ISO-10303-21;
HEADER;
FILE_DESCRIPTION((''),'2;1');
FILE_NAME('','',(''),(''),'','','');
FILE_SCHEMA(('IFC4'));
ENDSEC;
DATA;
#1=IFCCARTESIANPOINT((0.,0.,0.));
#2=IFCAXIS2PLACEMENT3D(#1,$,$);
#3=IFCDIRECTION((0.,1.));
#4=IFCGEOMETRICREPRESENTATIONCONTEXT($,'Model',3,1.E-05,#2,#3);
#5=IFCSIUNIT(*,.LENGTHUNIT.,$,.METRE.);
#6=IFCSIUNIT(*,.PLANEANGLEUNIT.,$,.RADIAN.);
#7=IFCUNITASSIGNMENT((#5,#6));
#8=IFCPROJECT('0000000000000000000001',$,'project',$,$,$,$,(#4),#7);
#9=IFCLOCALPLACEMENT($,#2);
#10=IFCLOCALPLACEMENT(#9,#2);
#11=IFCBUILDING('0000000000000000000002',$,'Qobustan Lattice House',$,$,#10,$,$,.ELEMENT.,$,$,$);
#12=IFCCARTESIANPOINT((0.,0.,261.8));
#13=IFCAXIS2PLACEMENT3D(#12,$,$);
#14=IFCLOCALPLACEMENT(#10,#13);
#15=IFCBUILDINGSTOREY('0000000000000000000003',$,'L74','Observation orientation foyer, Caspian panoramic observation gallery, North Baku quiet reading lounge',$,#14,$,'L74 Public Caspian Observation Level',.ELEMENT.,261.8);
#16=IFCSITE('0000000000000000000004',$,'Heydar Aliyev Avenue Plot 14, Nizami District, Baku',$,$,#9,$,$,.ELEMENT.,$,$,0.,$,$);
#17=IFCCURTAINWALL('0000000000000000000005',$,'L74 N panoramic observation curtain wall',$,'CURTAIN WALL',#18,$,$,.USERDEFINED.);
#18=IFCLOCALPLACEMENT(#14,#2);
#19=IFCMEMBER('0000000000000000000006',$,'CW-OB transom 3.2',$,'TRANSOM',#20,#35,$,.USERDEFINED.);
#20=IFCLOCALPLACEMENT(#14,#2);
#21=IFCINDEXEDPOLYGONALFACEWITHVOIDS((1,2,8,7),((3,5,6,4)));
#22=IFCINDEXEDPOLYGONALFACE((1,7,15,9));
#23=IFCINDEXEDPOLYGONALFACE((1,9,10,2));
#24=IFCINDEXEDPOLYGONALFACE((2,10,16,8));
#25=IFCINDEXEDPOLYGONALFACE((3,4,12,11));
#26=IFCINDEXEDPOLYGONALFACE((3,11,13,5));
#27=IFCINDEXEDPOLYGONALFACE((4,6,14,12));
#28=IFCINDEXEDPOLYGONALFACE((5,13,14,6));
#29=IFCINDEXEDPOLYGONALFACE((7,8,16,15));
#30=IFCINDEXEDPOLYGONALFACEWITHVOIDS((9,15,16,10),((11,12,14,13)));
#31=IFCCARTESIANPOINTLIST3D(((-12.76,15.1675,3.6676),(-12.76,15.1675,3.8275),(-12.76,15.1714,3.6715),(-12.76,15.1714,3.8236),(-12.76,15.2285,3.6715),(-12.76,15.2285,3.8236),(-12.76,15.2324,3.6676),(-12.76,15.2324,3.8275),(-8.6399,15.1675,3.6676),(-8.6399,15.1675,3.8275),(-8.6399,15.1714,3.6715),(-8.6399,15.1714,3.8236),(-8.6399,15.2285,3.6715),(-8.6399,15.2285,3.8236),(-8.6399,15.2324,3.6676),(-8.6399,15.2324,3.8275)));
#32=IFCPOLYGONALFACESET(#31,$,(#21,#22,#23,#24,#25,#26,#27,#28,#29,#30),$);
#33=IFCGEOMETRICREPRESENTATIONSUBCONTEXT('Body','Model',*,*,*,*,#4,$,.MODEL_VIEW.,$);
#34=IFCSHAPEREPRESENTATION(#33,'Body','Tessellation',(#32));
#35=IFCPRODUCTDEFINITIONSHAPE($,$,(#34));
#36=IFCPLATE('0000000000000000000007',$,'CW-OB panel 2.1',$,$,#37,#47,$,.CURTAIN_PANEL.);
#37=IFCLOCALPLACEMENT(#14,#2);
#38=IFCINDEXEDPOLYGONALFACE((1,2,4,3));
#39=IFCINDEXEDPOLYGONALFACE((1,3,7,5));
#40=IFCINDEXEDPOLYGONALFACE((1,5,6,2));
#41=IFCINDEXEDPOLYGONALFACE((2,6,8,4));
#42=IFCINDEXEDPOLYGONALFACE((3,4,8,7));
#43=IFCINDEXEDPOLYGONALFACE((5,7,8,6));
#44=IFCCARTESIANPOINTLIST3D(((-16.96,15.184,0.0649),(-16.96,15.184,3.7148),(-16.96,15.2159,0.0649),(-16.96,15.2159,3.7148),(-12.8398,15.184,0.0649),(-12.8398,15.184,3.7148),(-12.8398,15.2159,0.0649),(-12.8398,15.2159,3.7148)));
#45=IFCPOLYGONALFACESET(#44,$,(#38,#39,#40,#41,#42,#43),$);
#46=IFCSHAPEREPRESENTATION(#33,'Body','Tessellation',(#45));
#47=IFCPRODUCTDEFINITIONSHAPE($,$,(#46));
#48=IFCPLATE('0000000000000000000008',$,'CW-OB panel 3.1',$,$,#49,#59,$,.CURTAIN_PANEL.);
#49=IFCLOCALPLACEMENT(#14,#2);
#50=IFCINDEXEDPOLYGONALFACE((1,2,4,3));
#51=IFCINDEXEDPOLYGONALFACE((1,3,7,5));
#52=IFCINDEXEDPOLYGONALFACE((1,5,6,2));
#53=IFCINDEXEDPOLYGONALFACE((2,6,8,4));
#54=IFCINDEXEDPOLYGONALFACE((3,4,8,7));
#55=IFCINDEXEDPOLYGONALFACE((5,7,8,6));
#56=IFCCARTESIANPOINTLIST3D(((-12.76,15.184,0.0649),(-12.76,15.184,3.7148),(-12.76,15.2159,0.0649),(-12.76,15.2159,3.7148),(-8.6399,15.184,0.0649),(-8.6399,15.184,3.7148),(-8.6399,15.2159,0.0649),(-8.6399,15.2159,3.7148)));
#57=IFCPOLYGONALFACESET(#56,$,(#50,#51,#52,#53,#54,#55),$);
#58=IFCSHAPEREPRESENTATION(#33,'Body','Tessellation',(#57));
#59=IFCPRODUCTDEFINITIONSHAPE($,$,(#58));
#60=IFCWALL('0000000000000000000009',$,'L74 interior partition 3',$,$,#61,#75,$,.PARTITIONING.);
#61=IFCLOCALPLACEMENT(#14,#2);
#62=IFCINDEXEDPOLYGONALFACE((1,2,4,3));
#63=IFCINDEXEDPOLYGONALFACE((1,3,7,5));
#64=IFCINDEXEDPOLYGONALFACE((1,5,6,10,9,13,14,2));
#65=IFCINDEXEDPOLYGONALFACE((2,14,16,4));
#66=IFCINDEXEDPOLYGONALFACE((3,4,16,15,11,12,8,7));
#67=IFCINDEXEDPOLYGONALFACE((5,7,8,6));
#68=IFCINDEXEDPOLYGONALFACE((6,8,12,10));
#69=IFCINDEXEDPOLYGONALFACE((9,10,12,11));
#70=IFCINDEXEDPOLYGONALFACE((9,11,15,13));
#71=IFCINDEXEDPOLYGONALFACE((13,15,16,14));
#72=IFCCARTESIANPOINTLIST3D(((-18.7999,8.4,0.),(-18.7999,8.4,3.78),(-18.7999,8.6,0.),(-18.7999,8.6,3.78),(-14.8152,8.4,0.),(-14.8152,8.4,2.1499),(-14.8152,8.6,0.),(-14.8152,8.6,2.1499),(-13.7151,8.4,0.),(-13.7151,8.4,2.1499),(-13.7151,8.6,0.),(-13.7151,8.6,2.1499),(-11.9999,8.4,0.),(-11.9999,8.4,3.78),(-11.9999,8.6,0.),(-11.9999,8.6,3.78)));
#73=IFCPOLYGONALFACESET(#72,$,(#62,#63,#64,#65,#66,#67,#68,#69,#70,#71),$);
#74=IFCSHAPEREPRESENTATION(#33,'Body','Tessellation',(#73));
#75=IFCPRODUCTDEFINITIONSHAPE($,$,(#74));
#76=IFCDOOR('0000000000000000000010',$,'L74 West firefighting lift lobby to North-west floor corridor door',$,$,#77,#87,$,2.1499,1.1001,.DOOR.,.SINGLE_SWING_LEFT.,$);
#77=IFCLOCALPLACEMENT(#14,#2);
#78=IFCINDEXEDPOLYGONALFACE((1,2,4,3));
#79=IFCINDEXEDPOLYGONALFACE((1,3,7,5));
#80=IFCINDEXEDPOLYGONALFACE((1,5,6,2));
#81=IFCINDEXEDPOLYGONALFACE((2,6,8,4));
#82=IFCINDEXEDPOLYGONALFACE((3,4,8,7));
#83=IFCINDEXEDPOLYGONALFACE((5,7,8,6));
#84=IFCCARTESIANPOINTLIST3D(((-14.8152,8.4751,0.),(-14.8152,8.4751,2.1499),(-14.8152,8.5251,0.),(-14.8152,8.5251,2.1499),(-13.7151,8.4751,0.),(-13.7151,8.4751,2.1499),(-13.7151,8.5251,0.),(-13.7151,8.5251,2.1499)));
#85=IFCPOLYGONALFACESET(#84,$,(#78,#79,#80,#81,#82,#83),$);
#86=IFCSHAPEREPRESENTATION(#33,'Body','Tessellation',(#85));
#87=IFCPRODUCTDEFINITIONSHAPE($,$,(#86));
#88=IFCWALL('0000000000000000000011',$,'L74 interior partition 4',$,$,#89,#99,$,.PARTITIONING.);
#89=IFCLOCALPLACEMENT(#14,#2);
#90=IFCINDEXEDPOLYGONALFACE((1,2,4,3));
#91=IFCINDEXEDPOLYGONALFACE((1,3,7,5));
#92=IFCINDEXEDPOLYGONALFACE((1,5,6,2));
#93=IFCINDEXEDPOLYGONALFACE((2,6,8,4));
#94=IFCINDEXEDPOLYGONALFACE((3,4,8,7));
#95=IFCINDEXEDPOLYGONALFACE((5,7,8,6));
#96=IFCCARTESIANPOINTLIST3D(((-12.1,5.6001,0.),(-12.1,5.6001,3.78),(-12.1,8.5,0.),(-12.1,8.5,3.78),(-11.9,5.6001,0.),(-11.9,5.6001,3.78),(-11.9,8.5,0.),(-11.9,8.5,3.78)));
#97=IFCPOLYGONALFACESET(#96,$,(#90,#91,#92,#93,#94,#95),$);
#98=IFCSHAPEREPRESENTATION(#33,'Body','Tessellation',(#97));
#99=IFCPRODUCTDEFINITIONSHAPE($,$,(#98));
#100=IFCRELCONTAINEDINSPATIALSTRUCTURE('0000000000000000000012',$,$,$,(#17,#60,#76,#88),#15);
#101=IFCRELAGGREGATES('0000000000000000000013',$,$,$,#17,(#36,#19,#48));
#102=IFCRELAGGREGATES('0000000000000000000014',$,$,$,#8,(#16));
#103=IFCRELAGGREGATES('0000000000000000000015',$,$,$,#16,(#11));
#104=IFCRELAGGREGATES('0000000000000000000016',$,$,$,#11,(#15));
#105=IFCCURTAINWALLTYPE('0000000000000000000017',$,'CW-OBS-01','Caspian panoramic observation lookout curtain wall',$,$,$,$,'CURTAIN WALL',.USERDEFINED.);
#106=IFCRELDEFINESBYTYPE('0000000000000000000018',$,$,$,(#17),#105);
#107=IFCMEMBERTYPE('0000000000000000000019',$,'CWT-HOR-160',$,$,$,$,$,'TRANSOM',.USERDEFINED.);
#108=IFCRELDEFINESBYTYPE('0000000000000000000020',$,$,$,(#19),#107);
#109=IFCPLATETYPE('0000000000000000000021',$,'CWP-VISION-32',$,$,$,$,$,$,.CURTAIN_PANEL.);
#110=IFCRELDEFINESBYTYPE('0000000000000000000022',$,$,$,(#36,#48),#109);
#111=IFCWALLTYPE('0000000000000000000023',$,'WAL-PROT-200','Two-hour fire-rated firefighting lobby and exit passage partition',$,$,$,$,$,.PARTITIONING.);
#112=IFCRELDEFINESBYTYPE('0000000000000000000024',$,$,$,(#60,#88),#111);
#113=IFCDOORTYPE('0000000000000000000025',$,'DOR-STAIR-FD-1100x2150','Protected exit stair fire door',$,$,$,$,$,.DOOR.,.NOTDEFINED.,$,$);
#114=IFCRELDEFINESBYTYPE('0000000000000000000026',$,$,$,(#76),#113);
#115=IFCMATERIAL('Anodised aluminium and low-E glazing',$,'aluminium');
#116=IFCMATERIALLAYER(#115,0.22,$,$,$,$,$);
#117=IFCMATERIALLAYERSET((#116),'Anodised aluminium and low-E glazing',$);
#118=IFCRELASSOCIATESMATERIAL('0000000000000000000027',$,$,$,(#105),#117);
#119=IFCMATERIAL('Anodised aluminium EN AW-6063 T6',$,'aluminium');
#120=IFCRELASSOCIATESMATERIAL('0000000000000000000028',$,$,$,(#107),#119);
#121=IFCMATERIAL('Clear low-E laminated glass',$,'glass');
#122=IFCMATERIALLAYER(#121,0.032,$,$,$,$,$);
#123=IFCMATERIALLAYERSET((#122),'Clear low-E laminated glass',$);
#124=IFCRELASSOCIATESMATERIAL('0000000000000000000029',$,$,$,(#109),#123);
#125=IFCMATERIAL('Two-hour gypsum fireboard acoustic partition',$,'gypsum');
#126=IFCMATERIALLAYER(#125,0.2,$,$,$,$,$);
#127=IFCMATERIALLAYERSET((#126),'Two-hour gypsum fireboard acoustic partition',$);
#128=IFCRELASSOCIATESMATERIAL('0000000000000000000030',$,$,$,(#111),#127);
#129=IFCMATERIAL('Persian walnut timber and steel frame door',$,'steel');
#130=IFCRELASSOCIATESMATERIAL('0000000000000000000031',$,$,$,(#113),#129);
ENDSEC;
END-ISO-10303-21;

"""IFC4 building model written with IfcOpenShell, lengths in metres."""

from ifc_helpers import new_model, si_unit, direction, frame, frame_2d, origin, origin_2d, place, context, subcontext, project, spatial, rectangle, hollow_rectangle, extrude, material, layer, layer_set, material_profile, profile_set, type_object, element, fill, aggregate, save


model = new_model("IFC4")

# Units and contexts
model_context = context("Model", 3, precision=1e-05, world=origin(), true_north=direction((0.0, 1.0)))
body_context = subcontext(model_context, "Body", "Model", "MODEL_VIEW")
ifc_project = project(units=[si_unit("LENGTHUNIT", "METRE"), si_unit("PLANEANGLEUNIT", "RADIAN")], contexts=[model_context])

# Site, building, storey
site_placement = place(None, origin())
site = spatial("IfcSite", under=ifc_project, at=site_placement, Name="Heydar Aliyev Avenue Plot 14, Nizami District, Baku", CompositionType="ELEMENT", RefElevation=0.0)
building_placement = place(site_placement, origin())
building = spatial("IfcBuilding", under=site, at=building_placement, Name="Qobustan Lattice House", CompositionType="ELEMENT")
storey_placement = place(building_placement, frame((0.0, 0.0, 261.8)))
storey = spatial("IfcBuildingStorey", under=building, at=storey_placement, Name="L74", Description="Observation orientation foyer, Caspian panoramic observation gallery, North Baku quiet reading lounge", LongName="L74 Public Caspian Observation Level", CompositionType="ELEMENT", Elevation=261.8)

# Curtain wall, member, plates
ifc_material_1 = material(Name="Anodised aluminium and low-E glazing", Category="aluminium")
ifc_layer_1 = layer(ifc_material_1, 0.22)
ifc_layer_set_1 = layer_set([ifc_layer_1], Name="Anodised aluminium and low-E glazing")
curtain_wall_type = type_object("IfcCurtainWallType", Name="CW-OBS-01", Description="Caspian panoramic observation lookout curtain wall", ElementType="CURTAIN WALL", PredefinedType="USERDEFINED", material=ifc_layer_set_1)
curtain_wall_placement = place(storey_placement, origin())
curtain_wall = element("IfcCurtainWall", 1, at=curtain_wall_placement, inside=storey, type_object=curtain_wall_type, Name="L74 N panoramic observation curtain wall", ObjectType="CURTAIN WALL", PredefinedType="USERDEFINED")
ifc_material_2 = material(Name="Anodised aluminium EN AW-6063 T6", Category="aluminium")
ifc_material_profile_1 = material_profile(ifc_material_2, hollow_rectangle(XDim=0.0649, YDim=0.1599, WallThickness=0.0039, at=origin_2d()), Name="CWT-160x65")
ifc_profile_set_1 = profile_set([ifc_material_profile_1], Name="Anodised aluminium EN AW-6063 T6")
member_type_1 = type_object("IfcMemberType", Name="CWT-HOR-160", ElementType="TRANSOM", PredefinedType="USERDEFINED", material=ifc_profile_set_1)
member_1_placement = place(storey_placement, frame((-12.76, 15.2, 3.7476), z_axis=(1.0, 0.0, 0.0), x_axis=(0.0, 1.0, 0.0)))
member_1 = element("IfcMember", 2, at=member_1_placement, type_object=member_type_1, Name="CW-OB transom 3.2", ObjectType="TRANSOM", PredefinedType="USERDEFINED", context=body_context, shape_type="SweptSolid", body=[
    extrude(hollow_rectangle(XDim=0.0649, YDim=0.1599, WallThickness=0.0039, at=origin_2d()), origin(), (0.0, 0.0, 1.0), 4.1201),
])
ifc_material_3 = material(Name="Clear low-E laminated glass", Category="glass")
ifc_layer_2 = layer(ifc_material_3, 0.032)
ifc_layer_set_2 = layer_set([ifc_layer_2], Name="Clear low-E laminated glass")
plate_type = type_object("IfcPlateType", Name="CWP-VISION-32", PredefinedType="CURTAIN_PANEL", material=ifc_layer_set_2)
plate_1_placement = place(storey_placement, frame((-14.8999, 15.2, 0.0649), z_axis=(0.0, 0.0, 1.0), x_axis=(1.0, 0.0, 0.0)))
plate_1 = element("IfcPlate", 3, at=plate_1_placement, type_object=plate_type, Name="CW-OB panel 2.1", PredefinedType="CURTAIN_PANEL", context=body_context, shape_type="SweptSolid", body=[
    extrude(rectangle(XDim=4.1201, YDim=0.032, at=origin_2d()), origin(), (0.0, 0.0, 1.0), 3.6499),
])
plate_2_placement = place(storey_placement, frame((-10.7, 15.2, 0.0649), z_axis=(0.0, 0.0, 1.0), x_axis=(1.0, 0.0, 0.0)))
plate_2 = element("IfcPlate", 4, at=plate_2_placement, type_object=plate_type, Name="CW-OB panel 3.1", PredefinedType="CURTAIN_PANEL", context=body_context, shape_type="SweptSolid", body=[
    extrude(rectangle(XDim=4.1201, YDim=0.032, at=origin_2d()), origin(), (0.0, 0.0, 1.0), 3.6499),
])
aggregate(curtain_wall, [plate_1, member_1, plate_2])

# Wall, opening, door
ifc_material_4 = material(Name="Two-hour gypsum fireboard acoustic partition", Category="gypsum")
ifc_layer_3 = layer(ifc_material_4, 0.2)
ifc_layer_set_3 = layer_set([ifc_layer_3], Name="Two-hour gypsum fireboard acoustic partition")
wall_type = type_object("IfcWallType", Name="WAL-PROT-200", Description="Two-hour fire-rated firefighting lobby and exit passage partition", PredefinedType="PARTITIONING", material=ifc_layer_set_3)
wall_1_placement = place(storey_placement, frame((-12.0, 8.5, 0.0), z_axis=(0.0, 0.0, 1.0), x_axis=(-1.0, 0.0, 0.0)))
wall_1 = element("IfcWall", 5, at=wall_1_placement, inside=storey, type_object=wall_type, Name="L74 interior partition 3", PredefinedType="PARTITIONING", context=body_context, shape_type="SweptSolid", body=[
    extrude(rectangle(XDim=6.8, YDim=0.2, at=frame_2d((3.3999, 0.0))), origin(), (0.0, 0.0, 1.0), 3.78),
])
opening_placement = place(wall_1_placement, frame((1.7151, 0.0, 0.0)))
opening = element("IfcOpeningElement", 6, at=opening_placement, cuts=wall_1, PredefinedType="OPENING", context=body_context, shape_type="SweptSolid", body=[
    extrude(rectangle(XDim=1.1001, YDim=2.1499, at=frame_2d((0.55, 1.075))), frame((0.0, 0.1099, 0.0), z_axis=(0.0, -1.0, 0.0), x_axis=(1.0, 0.0, 0.0)), (0.0, 0.0, 1.0), 0.22),
])
ifc_material_5 = material(Name="Persian walnut timber and steel frame door", Category="steel")
door_type = type_object("IfcDoorType", Name="DOR-STAIR-FD-1100x2150", Description="Protected exit stair fire door", OperationType="NOTDEFINED", PredefinedType="DOOR", material=ifc_material_5)
door_placement = place(opening_placement, origin())
door = element("IfcDoor", 7, at=door_placement, inside=storey, type_object=door_type, Name="L74 West firefighting lift lobby to North-west floor corridor door", OperationType="SINGLE_SWING_LEFT", OverallHeight=2.1499, OverallWidth=1.1001, PredefinedType="DOOR", context=body_context, shape_type="SweptSolid", body=[
    extrude(rectangle(XDim=1.1001, YDim=2.1499, at=frame_2d((0.55, 1.075))), frame((0.0, 0.0249, 0.0), z_axis=(0.0, -1.0, 0.0), x_axis=(1.0, 0.0, 0.0)), (0.0, 0.0, 1.0), 0.05),
])
fill(opening, door)

# Wall
wall_2_placement = place(storey_placement, frame((-12.0, 5.6001, 0.0), z_axis=(0.0, 0.0, 1.0), x_axis=(0.0, 1.0, 0.0)))
element("IfcWall", 8, at=wall_2_placement, inside=storey, type_object=wall_type, Name="L74 interior partition 4", PredefinedType="PARTITIONING", context=body_context, shape_type="SweptSolid", body=[
    extrude(rectangle(XDim=2.8999, YDim=0.2, at=frame_2d((1.45, 0.0))), origin(), (0.0, 0.0, 1.0), 3.78),
])

save(model, "model.ifc")
